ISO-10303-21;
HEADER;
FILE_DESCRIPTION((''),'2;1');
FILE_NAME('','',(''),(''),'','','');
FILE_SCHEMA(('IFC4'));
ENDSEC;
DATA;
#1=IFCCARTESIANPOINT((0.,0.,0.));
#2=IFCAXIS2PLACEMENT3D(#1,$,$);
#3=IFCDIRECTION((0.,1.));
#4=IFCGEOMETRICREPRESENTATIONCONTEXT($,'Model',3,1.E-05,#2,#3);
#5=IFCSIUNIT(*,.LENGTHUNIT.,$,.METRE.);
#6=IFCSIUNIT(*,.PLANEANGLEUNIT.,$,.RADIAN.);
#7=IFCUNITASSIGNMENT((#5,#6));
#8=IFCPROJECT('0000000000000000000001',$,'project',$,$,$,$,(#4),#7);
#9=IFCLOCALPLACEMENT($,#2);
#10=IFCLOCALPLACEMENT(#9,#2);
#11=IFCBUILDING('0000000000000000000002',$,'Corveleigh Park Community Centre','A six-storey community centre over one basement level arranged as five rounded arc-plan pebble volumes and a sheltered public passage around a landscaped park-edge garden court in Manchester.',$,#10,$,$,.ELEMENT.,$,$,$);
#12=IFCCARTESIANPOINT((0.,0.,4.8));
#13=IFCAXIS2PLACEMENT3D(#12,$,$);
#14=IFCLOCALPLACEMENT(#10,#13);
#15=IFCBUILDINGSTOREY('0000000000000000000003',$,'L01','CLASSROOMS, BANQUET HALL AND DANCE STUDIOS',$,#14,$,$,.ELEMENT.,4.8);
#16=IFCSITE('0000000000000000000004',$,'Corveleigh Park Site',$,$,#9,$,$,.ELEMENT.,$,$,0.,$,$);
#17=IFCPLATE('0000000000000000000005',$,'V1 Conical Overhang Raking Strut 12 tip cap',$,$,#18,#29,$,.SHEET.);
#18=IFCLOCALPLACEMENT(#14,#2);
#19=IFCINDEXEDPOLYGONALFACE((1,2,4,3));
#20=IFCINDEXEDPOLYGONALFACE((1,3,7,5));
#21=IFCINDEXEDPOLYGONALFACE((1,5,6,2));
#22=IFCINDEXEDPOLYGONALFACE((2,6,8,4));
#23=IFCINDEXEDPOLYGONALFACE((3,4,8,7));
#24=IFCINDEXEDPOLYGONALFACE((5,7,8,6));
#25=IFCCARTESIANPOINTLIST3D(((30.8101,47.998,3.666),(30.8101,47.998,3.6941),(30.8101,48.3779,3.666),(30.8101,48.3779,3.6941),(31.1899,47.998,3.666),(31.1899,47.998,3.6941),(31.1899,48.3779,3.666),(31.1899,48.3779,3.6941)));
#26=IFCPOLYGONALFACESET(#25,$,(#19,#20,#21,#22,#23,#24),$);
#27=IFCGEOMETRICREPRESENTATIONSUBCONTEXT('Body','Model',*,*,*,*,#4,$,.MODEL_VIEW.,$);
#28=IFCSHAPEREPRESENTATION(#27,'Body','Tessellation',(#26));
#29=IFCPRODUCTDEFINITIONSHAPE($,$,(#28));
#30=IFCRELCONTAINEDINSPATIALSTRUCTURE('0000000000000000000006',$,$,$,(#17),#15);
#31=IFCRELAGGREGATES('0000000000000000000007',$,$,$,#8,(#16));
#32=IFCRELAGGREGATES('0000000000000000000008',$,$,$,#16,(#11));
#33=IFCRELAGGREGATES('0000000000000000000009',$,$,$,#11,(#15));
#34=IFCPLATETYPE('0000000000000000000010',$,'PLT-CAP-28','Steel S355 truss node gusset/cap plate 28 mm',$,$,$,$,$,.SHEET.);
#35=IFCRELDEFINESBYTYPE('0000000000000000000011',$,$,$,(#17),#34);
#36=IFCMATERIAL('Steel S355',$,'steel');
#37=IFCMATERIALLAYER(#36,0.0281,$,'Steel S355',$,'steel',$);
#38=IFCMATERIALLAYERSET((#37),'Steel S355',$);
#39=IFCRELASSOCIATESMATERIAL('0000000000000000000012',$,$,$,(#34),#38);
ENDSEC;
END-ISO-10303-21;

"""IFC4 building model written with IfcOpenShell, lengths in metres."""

from ifc_helpers import new_model, si_unit, direction, frame, origin, origin_2d, place, context, subcontext, project, spatial, rectangle, extrude, material, layer, layer_set, type_object, element, save


model = new_model("IFC4")

# Units and contexts
model_context = context("Model", 3, precision=1e-05, world=origin(), true_north=direction((0.0, 1.0)))
body_context = subcontext(model_context, "Body", "Model", "MODEL_VIEW")
ifc_project = project(units=[si_unit("LENGTHUNIT", "METRE"), si_unit("PLANEANGLEUNIT", "RADIAN")], contexts=[model_context])

# Site, building, storey
site_placement = place(None, origin())
site = spatial("IfcSite", under=ifc_project, at=site_placement, Name="Corveleigh Park Site", CompositionType="ELEMENT", RefElevation=0.0)
building_placement = place(site_placement, origin())
building = spatial("IfcBuilding", under=site, at=building_placement, Name="Corveleigh Park Community Centre", Description="A six-storey community centre over one basement level arranged as five rounded arc-plan pebble volumes and a sheltered public passage around a landscaped park-edge garden court in Manchester.", CompositionType="ELEMENT")
storey_placement = place(building_placement, frame((0.0, 0.0, 4.8)))
storey = spatial("IfcBuildingStorey", under=building, at=storey_placement, Name="L01", Description="CLASSROOMS, BANQUET HALL AND DANCE STUDIOS", CompositionType="ELEMENT", Elevation=4.8)

# Plate
ifc_material_1 = material(Name="Steel S355", Category="steel")
ifc_layer_1 = layer(ifc_material_1, 0.0281, Name="Steel S355", Category="steel")
ifc_layer_set_1 = layer_set([ifc_layer_1], Name="Steel S355")
plate_type_1 = type_object("IfcPlateType", Name="PLT-CAP-28", Description="Steel S355 truss node gusset/cap plate 28 mm", PredefinedType="SHEET", material=ifc_layer_set_1)
plate_1_placement = place(storey_placement, frame((31.0, 48.188, 3.666), z_axis=(0.0, 0.0, 1.0), x_axis=(1.0, 0.0, 0.0)))
element("IfcPlate", 1, at=plate_1_placement, inside=storey, type_object=plate_type_1, Name="V1 Conical Overhang Raking Strut 12 tip cap", PredefinedType="SHEET", context=body_context, shape_type="SweptSolid", body=[
    extrude(rectangle(XDim=0.3799, YDim=0.3799, at=origin_2d()), origin(), (0.0, 0.0, 1.0), 0.0281),
])

save(model, "model.ifc")
